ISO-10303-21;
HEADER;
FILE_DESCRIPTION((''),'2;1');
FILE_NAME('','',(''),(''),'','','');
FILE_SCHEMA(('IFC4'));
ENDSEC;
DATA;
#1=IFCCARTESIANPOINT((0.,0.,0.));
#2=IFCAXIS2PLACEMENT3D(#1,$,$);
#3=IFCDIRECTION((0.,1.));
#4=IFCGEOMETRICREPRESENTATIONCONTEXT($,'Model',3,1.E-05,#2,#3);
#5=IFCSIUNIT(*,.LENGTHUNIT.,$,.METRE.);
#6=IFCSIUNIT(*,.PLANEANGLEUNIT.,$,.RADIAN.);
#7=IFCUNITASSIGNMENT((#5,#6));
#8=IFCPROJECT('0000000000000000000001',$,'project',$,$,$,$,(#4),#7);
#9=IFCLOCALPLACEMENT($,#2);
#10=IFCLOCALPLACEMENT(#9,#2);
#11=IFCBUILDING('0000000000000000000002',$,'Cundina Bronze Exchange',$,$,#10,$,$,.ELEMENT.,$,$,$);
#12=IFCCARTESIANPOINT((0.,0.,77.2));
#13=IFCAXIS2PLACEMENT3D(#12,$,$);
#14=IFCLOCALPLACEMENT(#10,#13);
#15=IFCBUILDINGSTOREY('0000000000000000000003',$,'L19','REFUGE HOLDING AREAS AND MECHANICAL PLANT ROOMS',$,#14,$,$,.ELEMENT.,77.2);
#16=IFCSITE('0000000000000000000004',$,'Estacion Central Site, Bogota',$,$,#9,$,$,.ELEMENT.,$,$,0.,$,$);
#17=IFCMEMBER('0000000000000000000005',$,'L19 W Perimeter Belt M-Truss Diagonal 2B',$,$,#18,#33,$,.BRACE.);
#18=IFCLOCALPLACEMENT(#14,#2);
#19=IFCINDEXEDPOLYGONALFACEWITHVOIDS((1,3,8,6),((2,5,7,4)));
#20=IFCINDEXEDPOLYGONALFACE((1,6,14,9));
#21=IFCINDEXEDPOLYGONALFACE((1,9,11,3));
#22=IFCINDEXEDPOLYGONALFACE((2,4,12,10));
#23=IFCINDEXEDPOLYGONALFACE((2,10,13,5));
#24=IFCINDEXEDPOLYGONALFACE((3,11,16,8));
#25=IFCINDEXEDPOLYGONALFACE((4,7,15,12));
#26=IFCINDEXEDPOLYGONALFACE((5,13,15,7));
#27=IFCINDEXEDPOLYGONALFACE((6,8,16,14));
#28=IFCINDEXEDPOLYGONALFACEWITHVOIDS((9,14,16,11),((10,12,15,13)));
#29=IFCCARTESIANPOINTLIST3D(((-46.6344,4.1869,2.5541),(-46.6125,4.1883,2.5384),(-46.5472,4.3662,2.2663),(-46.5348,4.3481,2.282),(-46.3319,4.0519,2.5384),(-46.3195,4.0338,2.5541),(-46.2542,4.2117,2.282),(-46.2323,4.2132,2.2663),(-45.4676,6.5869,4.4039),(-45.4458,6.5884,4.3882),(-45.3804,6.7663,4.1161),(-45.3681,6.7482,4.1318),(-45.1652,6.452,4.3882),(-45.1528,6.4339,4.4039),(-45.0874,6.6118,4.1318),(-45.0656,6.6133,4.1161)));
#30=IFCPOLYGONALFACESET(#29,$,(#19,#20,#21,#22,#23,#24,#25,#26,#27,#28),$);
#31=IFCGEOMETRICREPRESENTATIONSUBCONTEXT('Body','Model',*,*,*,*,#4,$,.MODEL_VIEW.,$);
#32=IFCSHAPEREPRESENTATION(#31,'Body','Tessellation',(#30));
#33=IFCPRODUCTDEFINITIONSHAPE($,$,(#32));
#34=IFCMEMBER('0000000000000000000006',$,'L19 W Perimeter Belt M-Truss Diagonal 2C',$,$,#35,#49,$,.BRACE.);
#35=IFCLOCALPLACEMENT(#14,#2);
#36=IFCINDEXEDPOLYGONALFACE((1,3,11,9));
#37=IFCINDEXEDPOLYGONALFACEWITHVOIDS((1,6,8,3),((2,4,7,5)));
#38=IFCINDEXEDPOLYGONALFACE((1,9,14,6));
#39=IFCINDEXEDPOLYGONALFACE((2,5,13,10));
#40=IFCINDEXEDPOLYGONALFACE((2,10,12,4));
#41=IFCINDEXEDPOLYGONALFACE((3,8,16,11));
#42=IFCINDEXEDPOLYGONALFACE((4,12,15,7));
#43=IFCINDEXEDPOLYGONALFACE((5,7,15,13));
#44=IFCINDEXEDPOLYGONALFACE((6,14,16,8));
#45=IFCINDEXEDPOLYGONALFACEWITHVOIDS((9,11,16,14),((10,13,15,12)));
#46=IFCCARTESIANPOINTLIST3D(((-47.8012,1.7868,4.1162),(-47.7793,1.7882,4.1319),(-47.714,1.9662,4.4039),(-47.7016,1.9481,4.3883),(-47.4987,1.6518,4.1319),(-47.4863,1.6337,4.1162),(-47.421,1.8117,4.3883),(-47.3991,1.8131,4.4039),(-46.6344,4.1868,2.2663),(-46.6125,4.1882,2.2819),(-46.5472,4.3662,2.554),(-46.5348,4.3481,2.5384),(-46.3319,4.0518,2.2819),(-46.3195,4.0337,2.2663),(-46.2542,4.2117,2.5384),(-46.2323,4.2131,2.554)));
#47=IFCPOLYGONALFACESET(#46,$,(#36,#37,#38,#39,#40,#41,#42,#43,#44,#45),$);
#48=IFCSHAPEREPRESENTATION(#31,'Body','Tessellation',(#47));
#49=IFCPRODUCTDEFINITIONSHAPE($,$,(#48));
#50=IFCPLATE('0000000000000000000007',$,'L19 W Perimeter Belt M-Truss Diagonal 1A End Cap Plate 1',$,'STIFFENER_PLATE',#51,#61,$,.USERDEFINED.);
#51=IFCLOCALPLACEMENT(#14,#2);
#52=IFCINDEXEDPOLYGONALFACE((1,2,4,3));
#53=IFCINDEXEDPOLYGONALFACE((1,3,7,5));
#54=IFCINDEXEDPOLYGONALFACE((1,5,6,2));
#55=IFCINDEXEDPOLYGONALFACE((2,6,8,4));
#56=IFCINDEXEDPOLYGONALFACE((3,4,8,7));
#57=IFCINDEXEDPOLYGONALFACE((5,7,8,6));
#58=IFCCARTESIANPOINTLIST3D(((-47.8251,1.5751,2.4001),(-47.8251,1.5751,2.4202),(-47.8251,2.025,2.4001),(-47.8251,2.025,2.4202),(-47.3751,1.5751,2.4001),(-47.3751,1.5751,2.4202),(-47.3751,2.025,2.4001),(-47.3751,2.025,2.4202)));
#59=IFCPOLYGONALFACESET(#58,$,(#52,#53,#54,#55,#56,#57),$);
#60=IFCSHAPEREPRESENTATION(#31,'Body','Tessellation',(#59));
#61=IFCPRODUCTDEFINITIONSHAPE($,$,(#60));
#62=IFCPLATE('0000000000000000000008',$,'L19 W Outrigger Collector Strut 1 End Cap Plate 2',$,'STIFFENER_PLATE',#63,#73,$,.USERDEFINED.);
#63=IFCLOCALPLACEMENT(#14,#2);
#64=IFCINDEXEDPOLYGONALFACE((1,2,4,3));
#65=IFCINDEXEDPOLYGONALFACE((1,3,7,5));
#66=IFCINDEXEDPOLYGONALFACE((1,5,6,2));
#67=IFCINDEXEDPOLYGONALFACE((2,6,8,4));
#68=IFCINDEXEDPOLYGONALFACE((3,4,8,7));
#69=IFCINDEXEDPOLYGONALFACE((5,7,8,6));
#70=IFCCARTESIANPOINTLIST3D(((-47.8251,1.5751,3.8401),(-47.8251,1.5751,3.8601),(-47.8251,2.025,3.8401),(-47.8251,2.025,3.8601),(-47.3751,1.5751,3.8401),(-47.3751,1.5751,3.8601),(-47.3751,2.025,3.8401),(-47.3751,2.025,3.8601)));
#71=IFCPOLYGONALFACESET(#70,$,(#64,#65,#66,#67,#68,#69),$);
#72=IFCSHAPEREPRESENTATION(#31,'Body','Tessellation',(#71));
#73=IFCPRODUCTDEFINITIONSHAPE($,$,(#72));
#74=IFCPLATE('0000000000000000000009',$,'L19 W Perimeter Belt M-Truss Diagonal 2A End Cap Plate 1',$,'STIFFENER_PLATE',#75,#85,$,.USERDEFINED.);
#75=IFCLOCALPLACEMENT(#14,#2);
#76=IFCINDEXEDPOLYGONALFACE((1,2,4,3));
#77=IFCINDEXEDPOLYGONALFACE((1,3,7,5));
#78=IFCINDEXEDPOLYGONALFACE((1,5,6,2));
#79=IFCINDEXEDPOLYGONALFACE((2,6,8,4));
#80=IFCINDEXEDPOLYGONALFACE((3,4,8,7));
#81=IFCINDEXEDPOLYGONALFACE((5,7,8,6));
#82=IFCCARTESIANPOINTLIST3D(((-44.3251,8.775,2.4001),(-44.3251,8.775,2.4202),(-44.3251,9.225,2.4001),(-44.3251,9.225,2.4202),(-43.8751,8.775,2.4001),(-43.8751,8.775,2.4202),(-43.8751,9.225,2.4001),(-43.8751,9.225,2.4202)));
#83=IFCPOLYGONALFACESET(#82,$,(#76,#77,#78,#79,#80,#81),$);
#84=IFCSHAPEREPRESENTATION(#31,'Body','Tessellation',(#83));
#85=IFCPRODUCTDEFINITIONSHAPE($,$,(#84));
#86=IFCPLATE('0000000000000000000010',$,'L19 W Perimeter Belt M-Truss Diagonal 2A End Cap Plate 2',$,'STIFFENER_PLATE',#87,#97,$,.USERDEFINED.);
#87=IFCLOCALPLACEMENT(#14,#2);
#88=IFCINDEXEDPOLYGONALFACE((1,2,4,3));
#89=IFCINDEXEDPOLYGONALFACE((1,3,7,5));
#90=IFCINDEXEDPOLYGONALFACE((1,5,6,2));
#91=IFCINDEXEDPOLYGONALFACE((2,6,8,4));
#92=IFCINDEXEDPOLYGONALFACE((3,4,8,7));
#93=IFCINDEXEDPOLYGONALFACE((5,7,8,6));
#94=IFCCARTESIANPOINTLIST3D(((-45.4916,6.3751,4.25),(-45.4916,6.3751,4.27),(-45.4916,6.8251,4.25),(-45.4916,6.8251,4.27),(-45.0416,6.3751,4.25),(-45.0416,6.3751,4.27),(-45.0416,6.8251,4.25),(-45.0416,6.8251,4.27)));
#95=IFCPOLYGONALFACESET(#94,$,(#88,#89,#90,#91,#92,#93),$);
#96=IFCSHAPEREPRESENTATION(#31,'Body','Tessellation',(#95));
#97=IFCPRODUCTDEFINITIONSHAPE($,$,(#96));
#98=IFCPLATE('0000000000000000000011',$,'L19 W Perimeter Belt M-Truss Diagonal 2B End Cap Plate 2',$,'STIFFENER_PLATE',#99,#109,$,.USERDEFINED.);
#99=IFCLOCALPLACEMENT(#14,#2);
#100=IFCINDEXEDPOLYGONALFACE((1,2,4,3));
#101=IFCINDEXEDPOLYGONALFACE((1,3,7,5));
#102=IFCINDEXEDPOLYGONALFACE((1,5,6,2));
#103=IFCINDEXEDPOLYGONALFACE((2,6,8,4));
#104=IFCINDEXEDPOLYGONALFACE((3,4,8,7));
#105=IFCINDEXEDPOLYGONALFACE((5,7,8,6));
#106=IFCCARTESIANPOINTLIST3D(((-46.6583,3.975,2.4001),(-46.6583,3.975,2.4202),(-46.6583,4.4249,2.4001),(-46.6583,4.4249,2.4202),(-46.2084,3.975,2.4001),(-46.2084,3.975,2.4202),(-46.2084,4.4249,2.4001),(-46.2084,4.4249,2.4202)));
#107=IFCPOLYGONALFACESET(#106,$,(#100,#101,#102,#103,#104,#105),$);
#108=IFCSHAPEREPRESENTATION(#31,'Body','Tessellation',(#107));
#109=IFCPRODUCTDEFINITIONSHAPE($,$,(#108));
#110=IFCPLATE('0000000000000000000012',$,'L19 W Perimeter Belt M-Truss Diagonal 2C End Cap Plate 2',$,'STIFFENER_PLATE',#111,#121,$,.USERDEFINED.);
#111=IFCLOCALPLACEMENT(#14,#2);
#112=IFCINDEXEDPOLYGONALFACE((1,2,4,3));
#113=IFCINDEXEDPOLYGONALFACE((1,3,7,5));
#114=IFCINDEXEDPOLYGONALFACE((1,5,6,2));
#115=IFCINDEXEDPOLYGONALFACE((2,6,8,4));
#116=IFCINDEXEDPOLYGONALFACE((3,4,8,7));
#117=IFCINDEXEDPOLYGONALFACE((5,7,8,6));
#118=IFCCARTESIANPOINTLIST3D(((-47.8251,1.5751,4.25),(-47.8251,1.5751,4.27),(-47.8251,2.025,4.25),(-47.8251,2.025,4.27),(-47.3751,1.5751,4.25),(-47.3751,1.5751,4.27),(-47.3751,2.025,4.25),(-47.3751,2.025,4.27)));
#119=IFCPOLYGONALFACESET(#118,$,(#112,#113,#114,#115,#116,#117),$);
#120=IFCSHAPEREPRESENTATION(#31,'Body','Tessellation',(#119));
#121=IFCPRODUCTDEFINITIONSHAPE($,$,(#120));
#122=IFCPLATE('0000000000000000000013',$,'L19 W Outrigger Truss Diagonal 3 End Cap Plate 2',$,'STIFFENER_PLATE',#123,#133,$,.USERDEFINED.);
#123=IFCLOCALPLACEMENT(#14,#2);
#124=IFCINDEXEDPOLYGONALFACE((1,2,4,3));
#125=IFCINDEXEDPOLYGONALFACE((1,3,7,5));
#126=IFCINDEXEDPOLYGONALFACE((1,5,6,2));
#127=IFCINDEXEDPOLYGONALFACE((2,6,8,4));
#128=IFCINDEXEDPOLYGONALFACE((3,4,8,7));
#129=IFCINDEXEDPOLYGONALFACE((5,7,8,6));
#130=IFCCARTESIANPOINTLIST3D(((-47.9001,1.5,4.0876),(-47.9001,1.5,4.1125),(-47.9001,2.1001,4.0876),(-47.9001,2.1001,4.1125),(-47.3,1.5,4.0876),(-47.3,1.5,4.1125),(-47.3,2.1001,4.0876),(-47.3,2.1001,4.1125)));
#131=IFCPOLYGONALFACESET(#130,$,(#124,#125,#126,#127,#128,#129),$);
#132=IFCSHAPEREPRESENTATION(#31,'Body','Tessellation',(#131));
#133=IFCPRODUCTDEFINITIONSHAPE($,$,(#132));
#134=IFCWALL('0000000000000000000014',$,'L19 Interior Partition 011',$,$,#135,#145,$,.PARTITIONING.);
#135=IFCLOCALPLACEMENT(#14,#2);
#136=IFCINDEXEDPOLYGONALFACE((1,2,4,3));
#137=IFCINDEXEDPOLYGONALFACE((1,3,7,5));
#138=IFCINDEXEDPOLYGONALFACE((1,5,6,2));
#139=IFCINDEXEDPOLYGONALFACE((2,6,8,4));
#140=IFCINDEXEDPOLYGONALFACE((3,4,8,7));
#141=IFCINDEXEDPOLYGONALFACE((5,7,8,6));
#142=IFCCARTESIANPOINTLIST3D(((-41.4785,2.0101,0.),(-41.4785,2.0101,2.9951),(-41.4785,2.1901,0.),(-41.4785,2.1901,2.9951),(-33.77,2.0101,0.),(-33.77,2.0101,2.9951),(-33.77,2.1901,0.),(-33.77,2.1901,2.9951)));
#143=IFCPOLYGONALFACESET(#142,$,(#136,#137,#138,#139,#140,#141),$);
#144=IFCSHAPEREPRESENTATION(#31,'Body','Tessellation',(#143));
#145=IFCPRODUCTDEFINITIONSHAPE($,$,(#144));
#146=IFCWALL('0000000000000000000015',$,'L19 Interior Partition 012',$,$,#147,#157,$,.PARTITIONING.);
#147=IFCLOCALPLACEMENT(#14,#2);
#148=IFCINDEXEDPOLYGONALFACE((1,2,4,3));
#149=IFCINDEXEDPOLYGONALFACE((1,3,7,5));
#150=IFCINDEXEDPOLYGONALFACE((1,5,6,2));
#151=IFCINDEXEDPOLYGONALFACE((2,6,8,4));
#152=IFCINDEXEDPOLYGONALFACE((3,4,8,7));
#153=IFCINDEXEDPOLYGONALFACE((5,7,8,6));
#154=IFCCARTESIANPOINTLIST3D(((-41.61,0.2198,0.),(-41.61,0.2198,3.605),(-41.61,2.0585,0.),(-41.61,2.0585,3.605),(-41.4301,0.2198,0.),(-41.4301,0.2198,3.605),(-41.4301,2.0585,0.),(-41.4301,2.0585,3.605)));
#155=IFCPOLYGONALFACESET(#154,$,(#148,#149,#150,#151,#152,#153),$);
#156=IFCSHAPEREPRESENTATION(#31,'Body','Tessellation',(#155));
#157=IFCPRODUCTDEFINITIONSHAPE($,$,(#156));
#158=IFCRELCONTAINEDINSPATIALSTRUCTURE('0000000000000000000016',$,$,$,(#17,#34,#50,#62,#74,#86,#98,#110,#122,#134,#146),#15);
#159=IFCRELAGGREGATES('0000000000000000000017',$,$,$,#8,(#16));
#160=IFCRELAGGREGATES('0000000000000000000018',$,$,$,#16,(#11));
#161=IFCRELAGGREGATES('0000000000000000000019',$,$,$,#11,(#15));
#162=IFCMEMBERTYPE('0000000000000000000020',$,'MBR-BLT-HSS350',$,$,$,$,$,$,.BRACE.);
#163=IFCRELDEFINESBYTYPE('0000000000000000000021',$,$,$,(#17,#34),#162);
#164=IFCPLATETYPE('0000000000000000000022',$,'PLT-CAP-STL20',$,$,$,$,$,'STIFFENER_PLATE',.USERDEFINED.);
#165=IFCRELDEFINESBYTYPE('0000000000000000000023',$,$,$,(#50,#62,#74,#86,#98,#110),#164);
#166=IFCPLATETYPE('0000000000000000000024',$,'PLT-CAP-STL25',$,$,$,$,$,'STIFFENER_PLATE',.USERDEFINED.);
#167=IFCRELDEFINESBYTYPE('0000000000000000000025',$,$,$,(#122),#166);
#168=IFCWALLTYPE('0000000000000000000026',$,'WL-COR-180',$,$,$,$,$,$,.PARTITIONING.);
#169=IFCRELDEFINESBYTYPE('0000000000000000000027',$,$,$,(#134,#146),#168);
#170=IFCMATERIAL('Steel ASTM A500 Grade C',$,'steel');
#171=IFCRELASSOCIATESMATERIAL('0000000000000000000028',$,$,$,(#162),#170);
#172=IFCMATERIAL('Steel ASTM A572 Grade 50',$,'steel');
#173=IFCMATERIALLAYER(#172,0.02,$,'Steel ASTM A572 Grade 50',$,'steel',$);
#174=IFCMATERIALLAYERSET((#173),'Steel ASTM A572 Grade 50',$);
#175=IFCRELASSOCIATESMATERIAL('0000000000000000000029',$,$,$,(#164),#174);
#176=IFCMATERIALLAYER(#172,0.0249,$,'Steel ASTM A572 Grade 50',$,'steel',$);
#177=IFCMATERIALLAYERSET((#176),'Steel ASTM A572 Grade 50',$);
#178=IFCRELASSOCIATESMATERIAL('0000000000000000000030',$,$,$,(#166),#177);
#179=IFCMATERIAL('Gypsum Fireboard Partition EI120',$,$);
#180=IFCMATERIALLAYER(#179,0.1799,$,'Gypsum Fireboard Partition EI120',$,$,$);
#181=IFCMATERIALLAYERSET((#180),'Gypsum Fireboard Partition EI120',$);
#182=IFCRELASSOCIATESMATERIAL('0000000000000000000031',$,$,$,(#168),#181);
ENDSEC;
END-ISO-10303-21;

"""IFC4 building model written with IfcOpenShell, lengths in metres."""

from ifc_helpers import new_model, si_unit, direction, frame, frame_2d, origin, origin_2d, place, context, subcontext, project, spatial, rectangle, hollow_rectangle, extrude, material, layer, layer_set, material_profile, profile_set, type_object, element, save


model = new_model("IFC4")

# Units and contexts
model_context = context("Model", 3, precision=1e-05, world=origin(), true_north=direction((0.0, 1.0)))
body_context = subcontext(model_context, "Body", "Model", "MODEL_VIEW")
ifc_project = project(units=[si_unit("LENGTHUNIT", "METRE"), si_unit("PLANEANGLEUNIT", "RADIAN")], contexts=[model_context])

# Site, building, storey
site_placement = place(None, origin())
site = spatial("IfcSite", under=ifc_project, at=site_placement, Name="Estacion Central Site, Bogota", CompositionType="ELEMENT", RefElevation=0.0)
building_placement = place(site_placement, origin())
building = spatial("IfcBuilding", under=site, at=building_placement, Name="Cundina Bronze Exchange", CompositionType="ELEMENT")
storey_placement = place(building_placement, frame((0.0, 0.0, 77.2)))
storey = spatial("IfcBuildingStorey", under=building, at=storey_placement, Name="L19", Description="REFUGE HOLDING AREAS AND MECHANICAL PLANT ROOMS", CompositionType="ELEMENT", Elevation=77.2)

# Members
ifc_material_1 = material(Name="Steel ASTM A500 Grade C", Category="steel")
ifc_material_profile_1 = material_profile(ifc_material_1, hollow_rectangle(XDim=0.3501, YDim=0.3501, WallThickness=0.019, at=origin_2d()), Name="HSS350X350X19", Category="steel")
ifc_profile_set_1 = profile_set([ifc_material_profile_1], Name="Steel ASTM A500 Grade C")
member_type = type_object("IfcMemberType", Name="MBR-BLT-HSS350", PredefinedType="BRACE", material=ifc_profile_set_1)
for number, where, z_axis, x_axis, name in (
    (1, (-45.2666, 6.6001, 4.26), (-0.359315, -0.739156, -0.569686), (0.899366, -0.437196, 0.0), "L19 W Perimeter Belt M-Truss Diagonal 2B"),
    (2, (-46.4333, 4.2, 2.4102), (-0.359335, -0.739121, 0.569717), (0.899349, -0.437232, 0.0), "L19 W Perimeter Belt M-Truss Diagonal 2C"),
):
    element("IfcMember", number, at=place(storey_placement, frame(where, z_axis=z_axis, x_axis=x_axis)), inside=storey, type_object=member_type, Name=name, PredefinedType="BRACE", context=body_context, shape_type="SweptSolid", body=[
        extrude(hollow_rectangle(XDim=0.3501, YDim=0.3501, WallThickness=0.019, at=origin_2d()), origin(), (0.0, 0.0, 1.0), 3.2471),
    ])

# Plates
ifc_material_2 = material(Name="Steel ASTM A572 Grade 50", Category="steel")
ifc_layer_1 = layer(ifc_material_2, 0.02, Name="Steel ASTM A572 Grade 50", Category="steel")
ifc_layer_set_1 = layer_set([ifc_layer_1], Name="Steel ASTM A572 Grade 50")
plate_type_1 = type_object("IfcPlateType", Name="PLT-CAP-STL20", ElementType="STIFFENER_PLATE", PredefinedType="USERDEFINED", material=ifc_layer_set_1)
for number, where, z_axis, x_axis, name in (
    (3, (-47.6001, 1.8, 2.4001), (0.0, 0.0, 1.0), (1.0, 0.0, 0.0), "L19 W Perimeter Belt M-Truss Diagonal 1A End Cap Plate 1"),
    (4, (-47.6001, 1.8, 3.8401), (0.0, 0.0, 1.0), (1.0, 0.0, 0.0), "L19 W Outrigger Collector Strut 1 End Cap Plate 2"),
    (5, (-44.1001, 9.0, 2.4001), (0.0, 0.0, 1.0), (1.0, 0.0, 0.0), "L19 W Perimeter Belt M-Truss Diagonal 2A End Cap Plate 1"),
    (6, (-45.2666, 6.6001, 4.25), (0.0, 0.0, 1.0), (1.0, 0.0, 0.0), "L19 W Perimeter Belt M-Truss Diagonal 2A End Cap Plate 2"),
    (7, (-46.4333, 4.2, 2.4001), (0.0, 0.0, 1.0), (1.0, 0.0, 0.0), "L19 W Perimeter Belt M-Truss Diagonal 2B End Cap Plate 2"),
    (8, (-47.6001, 1.8, 4.25), (0.0, 0.0, 1.0), (1.0, 0.0, 0.0), "L19 W Perimeter Belt M-Truss Diagonal 2C End Cap Plate 2"),
):
    element("IfcPlate", number, at=place(storey_placement, frame(where, z_axis=z_axis, x_axis=x_axis)), inside=storey, type_object=plate_type_1, Name=name, ObjectType="STIFFENER_PLATE", PredefinedType="USERDEFINED", context=body_context, shape_type="SweptSolid", body=[
        extrude(rectangle(XDim=0.45, YDim=0.45, at=origin_2d()), origin(), (0.0, 0.0, 1.0), 0.02),
    ])
ifc_layer_2 = layer(ifc_material_2, 0.0249, Name="Steel ASTM A572 Grade 50", Category="steel")
ifc_layer_set_2 = layer_set([ifc_layer_2], Name="Steel ASTM A572 Grade 50")
plate_type_2 = type_object("IfcPlateType", Name="PLT-CAP-STL25", ElementType="STIFFENER_PLATE", PredefinedType="USERDEFINED", material=ifc_layer_set_2)
plate_placement = place(storey_placement, frame((-47.6001, 1.8, 4.0876), z_axis=(0.0, 0.0, 1.0), x_axis=(1.0, 0.0, 0.0)))
element("IfcPlate", 9, at=plate_placement, inside=storey, type_object=plate_type_2, Name="L19 W Outrigger Truss Diagonal 3 End Cap Plate 2", ObjectType="STIFFENER_PLATE", PredefinedType="USERDEFINED", context=body_context, shape_type="SweptSolid", body=[
    extrude(rectangle(XDim=0.6001, YDim=0.6001, at=origin_2d()), origin(), (0.0, 0.0, 1.0), 0.0249),
])

# Walls
ifc_material_3 = material(Name="Gypsum Fireboard Partition EI120")
ifc_layer_3 = layer(ifc_material_3, 0.1799, Name="Gypsum Fireboard Partition EI120")
ifc_layer_set_3 = layer_set([ifc_layer_3], Name="Gypsum Fireboard Partition EI120")
wall_type = type_object("IfcWallType", Name="WL-COR-180", PredefinedType="PARTITIONING", material=ifc_layer_set_3)
wall_1_placement = place(storey_placement, frame((-33.77, 2.1001, 0.0), z_axis=(0.0, 0.0, 1.0), x_axis=(-1.0, 0.0, 0.0)))
element("IfcWall", 10, at=wall_1_placement, inside=storey, type_object=wall_type, Name="L19 Interior Partition 011", PredefinedType="PARTITIONING", context=body_context, shape_type="SweptSolid", body=[
    extrude(rectangle(XDim=7.7085, YDim=0.1799, at=frame_2d((3.8542, 0.0))), origin(), (0.0, 0.0, 1.0), 2.9951),
])
wall_2_placement = place(storey_placement, frame((-41.52, 2.0586, 0.0), z_axis=(0.0, 0.0, 1.0), x_axis=(0.0, -1.0, 0.0)))
element("IfcWall", 11, at=wall_2_placement, inside=storey, type_object=wall_type, Name="L19 Interior Partition 012", PredefinedType="PARTITIONING", context=body_context, shape_type="SweptSolid", body=[
    extrude(rectangle(XDim=1.8386, YDim=0.1799, at=frame_2d((0.9194, 0.0))), origin(), (0.0, 0.0, 1.0), 3.605),
])

save(model, "model.ifc")
